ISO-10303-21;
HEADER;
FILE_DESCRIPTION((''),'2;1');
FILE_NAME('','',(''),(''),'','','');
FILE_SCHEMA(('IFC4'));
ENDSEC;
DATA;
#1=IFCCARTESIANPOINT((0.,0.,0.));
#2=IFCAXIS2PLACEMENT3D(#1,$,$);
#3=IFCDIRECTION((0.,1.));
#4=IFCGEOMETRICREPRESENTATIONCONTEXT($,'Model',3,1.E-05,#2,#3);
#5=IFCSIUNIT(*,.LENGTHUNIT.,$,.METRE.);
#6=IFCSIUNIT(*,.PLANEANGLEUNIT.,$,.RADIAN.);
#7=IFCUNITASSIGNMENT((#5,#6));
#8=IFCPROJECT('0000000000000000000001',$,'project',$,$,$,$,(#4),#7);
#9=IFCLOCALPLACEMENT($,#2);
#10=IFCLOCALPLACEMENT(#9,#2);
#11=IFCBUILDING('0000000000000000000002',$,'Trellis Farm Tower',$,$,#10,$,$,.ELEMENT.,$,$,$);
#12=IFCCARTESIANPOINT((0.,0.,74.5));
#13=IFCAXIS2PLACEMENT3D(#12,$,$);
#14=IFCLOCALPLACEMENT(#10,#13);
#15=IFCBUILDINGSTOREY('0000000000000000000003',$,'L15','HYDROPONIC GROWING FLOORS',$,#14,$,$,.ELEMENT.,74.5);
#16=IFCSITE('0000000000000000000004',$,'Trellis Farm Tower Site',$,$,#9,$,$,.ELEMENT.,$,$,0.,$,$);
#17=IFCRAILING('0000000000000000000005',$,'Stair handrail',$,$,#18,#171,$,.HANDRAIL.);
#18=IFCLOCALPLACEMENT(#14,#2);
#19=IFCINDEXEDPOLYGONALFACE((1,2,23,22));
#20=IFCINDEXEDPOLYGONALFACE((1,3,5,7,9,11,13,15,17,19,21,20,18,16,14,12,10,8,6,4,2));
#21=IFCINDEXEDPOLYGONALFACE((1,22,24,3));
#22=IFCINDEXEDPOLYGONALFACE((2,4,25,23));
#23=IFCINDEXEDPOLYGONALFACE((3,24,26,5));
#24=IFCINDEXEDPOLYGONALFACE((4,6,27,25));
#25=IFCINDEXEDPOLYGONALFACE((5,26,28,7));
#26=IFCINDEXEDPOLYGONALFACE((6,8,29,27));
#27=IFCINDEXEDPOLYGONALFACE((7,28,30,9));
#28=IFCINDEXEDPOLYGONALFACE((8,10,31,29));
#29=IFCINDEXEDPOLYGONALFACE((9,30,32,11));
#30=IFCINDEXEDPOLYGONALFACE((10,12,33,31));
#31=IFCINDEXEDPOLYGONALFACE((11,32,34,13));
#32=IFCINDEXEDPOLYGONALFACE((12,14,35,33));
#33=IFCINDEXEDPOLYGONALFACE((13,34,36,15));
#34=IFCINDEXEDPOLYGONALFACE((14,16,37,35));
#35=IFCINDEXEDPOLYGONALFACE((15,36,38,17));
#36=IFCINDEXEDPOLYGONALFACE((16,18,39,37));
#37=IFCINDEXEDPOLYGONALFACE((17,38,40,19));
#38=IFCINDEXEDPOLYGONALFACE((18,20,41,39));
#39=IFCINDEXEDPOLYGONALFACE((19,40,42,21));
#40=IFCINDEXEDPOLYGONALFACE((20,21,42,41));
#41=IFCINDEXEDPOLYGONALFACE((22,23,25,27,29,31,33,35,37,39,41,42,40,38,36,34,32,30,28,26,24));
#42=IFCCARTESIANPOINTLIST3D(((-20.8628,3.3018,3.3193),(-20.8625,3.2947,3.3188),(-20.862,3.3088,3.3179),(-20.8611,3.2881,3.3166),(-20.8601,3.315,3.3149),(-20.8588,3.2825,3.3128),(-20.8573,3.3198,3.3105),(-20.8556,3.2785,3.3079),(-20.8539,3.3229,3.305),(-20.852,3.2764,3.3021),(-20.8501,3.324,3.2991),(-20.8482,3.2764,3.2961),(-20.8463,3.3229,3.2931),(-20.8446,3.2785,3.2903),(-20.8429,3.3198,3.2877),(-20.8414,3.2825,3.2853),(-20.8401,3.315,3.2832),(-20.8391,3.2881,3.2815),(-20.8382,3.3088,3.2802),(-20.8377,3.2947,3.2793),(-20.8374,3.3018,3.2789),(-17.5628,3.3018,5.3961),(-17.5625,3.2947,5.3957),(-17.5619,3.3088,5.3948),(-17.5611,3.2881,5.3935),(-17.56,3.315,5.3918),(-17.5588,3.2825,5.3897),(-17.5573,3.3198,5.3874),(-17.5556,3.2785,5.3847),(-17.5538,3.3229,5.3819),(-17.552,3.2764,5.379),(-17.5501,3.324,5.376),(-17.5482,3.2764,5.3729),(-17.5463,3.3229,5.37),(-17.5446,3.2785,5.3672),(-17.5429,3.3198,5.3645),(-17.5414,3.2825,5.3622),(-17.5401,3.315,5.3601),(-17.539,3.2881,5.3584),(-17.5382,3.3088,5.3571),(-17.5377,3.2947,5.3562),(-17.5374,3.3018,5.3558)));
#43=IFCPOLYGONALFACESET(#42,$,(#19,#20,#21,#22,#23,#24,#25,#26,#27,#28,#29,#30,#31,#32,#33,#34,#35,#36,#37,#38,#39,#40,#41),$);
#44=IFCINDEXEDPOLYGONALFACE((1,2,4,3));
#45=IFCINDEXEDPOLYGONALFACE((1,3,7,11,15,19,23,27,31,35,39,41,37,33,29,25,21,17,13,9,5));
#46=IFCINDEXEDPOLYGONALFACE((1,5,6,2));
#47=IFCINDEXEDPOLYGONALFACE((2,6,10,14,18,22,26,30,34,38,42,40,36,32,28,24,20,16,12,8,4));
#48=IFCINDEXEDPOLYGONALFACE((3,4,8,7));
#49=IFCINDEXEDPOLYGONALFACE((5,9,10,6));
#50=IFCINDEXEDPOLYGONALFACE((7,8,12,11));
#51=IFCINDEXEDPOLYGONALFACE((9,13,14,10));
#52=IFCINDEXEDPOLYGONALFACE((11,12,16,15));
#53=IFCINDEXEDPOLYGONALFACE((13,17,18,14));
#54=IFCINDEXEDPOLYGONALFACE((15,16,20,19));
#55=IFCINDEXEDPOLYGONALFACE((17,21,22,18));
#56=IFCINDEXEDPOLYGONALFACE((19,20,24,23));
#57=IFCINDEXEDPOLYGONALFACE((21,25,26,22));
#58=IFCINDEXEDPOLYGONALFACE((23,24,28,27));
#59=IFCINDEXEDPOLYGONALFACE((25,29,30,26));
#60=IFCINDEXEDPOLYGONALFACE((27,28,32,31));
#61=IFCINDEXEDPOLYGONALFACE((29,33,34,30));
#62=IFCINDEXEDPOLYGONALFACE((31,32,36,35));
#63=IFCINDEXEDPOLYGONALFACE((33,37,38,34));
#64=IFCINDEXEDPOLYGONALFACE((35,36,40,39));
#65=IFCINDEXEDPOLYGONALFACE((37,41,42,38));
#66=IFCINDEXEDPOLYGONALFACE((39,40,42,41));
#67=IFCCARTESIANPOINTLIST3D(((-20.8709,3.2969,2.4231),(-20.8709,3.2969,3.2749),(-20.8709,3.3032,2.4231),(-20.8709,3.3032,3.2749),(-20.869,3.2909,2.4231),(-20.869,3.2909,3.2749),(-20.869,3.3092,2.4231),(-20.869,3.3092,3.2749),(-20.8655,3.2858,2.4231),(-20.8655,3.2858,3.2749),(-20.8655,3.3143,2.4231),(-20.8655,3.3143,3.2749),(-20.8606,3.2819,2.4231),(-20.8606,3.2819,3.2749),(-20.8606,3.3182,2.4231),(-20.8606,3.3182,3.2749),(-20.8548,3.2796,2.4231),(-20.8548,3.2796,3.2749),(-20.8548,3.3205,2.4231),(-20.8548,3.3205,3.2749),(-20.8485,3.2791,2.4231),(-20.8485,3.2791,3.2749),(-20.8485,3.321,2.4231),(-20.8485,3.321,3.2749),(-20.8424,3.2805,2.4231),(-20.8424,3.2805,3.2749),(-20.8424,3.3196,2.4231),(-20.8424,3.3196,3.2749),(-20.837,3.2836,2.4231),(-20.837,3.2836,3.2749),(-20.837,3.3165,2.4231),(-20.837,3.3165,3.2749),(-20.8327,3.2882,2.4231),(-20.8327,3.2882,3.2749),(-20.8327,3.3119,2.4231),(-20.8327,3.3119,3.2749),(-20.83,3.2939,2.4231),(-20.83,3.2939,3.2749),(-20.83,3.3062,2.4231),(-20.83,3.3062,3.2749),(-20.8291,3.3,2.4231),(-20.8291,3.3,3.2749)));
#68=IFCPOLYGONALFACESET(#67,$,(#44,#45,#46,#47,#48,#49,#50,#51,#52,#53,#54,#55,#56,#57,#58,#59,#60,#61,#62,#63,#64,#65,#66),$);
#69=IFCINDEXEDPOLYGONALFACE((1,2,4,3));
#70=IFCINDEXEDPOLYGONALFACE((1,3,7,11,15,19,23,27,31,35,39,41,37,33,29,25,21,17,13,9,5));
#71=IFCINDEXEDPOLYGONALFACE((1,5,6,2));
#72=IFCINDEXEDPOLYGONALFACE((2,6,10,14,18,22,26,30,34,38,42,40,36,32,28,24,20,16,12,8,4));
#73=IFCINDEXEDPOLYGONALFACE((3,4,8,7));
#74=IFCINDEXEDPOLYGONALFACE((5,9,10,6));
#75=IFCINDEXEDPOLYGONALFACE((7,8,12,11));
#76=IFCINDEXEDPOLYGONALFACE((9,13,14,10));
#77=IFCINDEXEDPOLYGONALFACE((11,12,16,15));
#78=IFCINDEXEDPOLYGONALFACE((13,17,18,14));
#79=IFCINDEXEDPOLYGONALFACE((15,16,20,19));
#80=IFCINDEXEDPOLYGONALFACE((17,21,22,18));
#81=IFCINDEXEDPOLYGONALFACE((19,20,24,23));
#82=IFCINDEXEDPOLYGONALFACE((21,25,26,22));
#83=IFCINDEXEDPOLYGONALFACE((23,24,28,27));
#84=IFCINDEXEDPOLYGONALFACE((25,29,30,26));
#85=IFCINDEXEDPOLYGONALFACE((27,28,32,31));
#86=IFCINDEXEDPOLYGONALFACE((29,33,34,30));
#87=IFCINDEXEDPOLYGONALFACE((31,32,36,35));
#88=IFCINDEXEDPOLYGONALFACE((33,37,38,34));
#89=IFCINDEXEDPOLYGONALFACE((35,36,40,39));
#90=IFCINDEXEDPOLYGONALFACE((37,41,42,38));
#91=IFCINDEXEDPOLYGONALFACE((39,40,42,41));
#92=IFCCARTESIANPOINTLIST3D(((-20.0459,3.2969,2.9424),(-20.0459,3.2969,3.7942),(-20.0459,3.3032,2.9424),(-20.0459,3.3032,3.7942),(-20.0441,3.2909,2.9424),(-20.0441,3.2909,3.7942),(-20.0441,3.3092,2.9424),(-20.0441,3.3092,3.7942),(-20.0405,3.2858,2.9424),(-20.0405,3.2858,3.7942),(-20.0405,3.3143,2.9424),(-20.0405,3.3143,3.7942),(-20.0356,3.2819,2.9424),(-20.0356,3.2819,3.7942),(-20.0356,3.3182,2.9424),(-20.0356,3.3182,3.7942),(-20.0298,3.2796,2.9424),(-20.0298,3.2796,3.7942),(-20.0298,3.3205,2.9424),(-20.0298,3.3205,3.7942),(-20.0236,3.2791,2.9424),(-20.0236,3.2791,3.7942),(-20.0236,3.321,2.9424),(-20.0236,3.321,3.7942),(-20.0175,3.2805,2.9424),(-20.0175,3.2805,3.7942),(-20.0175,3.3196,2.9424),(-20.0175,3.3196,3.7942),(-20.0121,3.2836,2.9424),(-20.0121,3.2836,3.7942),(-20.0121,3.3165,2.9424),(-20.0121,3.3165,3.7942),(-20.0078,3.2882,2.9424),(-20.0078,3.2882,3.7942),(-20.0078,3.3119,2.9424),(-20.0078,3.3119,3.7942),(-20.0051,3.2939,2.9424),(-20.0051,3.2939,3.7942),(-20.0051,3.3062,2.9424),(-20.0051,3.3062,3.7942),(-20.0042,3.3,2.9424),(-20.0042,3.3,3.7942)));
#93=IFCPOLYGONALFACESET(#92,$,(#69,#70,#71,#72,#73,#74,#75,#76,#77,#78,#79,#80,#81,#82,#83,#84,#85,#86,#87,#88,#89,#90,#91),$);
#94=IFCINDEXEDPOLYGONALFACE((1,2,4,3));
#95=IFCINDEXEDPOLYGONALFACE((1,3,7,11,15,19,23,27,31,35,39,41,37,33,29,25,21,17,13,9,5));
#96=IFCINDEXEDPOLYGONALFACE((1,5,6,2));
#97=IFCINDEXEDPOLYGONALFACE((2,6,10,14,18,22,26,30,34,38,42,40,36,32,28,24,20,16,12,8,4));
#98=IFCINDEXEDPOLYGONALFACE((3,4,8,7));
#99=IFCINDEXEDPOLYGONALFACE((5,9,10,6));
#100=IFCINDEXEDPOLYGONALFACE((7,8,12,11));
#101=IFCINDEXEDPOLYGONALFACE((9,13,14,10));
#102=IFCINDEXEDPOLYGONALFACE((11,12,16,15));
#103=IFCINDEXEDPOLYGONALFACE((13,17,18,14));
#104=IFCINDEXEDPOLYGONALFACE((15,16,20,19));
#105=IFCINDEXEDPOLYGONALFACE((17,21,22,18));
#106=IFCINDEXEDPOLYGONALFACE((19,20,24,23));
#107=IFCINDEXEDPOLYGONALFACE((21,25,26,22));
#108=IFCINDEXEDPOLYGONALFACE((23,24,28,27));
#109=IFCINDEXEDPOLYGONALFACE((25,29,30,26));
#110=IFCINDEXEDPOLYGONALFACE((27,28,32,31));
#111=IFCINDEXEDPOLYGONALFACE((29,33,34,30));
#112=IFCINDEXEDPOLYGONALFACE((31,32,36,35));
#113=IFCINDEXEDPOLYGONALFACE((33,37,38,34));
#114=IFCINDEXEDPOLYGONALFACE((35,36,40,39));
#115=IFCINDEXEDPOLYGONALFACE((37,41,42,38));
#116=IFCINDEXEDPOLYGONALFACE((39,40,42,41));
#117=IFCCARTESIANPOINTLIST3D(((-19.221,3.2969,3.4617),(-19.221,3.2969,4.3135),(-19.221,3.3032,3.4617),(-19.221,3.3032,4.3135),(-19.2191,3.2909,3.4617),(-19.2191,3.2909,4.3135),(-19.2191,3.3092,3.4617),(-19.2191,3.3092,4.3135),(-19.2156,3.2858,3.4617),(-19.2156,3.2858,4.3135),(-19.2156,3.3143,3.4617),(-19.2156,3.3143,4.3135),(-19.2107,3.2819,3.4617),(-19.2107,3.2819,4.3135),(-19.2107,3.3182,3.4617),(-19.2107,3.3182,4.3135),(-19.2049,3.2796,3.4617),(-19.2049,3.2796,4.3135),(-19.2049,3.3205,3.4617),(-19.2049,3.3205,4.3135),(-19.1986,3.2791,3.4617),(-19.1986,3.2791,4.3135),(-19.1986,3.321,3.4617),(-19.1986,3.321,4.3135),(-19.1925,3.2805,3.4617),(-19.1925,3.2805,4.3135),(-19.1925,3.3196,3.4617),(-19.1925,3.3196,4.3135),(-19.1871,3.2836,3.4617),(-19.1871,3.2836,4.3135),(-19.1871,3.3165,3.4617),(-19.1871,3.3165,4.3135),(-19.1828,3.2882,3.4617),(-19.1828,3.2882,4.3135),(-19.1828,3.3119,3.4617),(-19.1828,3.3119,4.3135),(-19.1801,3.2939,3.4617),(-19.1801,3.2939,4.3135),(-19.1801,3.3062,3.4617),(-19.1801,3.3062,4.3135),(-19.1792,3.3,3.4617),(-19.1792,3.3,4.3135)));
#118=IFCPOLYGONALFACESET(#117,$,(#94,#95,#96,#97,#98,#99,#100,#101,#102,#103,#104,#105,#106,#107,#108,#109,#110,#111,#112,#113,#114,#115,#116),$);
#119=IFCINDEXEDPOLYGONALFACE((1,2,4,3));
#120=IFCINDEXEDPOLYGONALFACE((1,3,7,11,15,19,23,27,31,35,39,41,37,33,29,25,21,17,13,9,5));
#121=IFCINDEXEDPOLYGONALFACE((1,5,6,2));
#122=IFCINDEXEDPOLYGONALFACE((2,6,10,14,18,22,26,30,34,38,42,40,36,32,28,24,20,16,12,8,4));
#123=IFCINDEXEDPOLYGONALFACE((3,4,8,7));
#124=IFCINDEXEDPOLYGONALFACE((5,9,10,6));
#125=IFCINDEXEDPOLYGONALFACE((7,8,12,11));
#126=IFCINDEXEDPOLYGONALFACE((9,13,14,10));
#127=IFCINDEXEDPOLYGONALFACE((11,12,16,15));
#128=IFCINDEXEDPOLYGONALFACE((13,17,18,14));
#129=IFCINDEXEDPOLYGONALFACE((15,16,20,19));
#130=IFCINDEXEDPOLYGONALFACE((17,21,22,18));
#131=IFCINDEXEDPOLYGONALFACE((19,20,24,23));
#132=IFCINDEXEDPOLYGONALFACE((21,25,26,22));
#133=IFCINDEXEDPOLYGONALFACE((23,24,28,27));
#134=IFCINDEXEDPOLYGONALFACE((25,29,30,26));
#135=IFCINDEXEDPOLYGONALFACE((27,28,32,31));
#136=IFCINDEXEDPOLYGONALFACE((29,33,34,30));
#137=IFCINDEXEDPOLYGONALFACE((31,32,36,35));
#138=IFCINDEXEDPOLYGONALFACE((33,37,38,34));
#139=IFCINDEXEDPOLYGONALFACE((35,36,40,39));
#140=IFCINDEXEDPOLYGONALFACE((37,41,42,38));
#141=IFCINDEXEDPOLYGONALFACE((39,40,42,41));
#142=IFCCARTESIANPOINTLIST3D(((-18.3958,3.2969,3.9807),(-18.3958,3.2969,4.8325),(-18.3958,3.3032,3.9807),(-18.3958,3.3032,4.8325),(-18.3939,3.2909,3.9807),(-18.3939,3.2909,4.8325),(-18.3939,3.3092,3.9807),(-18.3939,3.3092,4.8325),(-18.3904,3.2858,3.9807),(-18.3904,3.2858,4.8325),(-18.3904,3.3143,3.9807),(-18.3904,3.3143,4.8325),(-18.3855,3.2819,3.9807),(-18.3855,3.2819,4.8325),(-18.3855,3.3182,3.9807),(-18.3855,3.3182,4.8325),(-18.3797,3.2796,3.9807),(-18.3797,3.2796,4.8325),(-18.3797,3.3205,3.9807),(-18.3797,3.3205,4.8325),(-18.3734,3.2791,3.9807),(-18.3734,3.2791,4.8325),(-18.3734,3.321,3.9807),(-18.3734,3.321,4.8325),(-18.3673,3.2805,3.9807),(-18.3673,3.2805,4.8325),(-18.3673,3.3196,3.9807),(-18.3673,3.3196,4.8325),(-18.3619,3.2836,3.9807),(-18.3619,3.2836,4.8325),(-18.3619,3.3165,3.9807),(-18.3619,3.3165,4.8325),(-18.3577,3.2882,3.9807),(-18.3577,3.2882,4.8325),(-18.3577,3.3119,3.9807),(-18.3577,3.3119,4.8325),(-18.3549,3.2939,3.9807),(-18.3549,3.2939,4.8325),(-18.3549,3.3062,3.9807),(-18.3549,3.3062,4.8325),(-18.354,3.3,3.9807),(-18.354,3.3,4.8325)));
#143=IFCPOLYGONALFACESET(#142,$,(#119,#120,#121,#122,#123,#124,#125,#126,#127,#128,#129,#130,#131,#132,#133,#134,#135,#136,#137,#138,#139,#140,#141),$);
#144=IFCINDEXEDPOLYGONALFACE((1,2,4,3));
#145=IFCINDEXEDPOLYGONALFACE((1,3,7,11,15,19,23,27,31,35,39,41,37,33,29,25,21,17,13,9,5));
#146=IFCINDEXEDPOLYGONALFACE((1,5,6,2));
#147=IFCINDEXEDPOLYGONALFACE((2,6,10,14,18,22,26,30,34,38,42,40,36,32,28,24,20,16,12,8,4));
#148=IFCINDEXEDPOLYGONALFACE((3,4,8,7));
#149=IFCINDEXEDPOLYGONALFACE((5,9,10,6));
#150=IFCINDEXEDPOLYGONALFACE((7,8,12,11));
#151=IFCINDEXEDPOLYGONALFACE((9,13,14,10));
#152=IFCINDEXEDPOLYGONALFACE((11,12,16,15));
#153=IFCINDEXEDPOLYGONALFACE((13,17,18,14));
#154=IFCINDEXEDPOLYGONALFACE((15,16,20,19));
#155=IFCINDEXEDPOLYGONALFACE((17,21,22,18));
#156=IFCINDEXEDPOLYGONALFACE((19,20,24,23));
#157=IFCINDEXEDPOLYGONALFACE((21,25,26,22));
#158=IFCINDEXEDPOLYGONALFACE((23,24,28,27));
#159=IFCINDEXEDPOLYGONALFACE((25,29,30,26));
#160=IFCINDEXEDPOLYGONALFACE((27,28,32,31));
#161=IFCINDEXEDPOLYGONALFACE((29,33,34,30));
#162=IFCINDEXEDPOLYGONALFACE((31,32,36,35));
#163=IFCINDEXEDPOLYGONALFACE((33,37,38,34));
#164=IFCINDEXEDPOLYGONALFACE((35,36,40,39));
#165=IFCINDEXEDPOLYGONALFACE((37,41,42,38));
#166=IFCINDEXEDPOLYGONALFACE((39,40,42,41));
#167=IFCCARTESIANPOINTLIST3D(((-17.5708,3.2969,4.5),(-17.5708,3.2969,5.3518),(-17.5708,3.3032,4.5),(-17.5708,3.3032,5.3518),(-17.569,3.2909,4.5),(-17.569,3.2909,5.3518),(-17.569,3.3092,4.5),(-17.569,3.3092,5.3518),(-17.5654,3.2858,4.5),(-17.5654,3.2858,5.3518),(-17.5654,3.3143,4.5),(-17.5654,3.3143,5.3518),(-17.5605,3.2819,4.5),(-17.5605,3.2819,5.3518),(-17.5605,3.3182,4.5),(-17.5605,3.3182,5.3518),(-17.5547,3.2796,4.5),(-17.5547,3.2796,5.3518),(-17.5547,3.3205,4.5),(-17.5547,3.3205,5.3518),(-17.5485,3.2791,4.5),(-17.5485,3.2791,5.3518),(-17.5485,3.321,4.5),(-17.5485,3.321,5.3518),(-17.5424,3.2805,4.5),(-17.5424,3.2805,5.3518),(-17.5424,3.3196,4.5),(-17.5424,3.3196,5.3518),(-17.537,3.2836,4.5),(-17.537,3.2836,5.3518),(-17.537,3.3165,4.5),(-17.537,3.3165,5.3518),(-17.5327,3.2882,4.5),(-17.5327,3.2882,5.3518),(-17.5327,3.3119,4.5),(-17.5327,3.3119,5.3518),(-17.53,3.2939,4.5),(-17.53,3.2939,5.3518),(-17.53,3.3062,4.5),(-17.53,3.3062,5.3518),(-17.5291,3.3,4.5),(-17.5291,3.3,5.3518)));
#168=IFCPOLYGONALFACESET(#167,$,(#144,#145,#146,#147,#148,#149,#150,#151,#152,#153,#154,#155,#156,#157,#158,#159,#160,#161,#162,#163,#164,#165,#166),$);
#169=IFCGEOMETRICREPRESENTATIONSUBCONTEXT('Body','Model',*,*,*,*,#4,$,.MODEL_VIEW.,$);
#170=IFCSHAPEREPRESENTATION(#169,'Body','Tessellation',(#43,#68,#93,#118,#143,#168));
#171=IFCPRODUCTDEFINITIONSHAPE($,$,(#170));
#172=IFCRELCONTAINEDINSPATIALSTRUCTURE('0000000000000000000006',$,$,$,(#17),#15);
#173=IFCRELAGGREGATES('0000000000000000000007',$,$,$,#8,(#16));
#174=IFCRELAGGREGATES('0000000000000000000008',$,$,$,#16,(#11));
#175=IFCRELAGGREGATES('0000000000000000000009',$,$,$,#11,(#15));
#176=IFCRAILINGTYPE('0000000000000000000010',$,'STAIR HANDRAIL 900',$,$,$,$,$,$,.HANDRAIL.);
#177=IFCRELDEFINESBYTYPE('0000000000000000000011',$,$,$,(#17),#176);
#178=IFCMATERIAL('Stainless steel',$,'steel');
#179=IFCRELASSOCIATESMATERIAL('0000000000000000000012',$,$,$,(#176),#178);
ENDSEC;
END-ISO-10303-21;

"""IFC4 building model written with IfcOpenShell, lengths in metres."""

from ifc_helpers import new_model, si_unit, direction, frame, origin, origin_2d, place, context, subcontext, project, spatial, circle, extrude, source, transform, mapped, material, type_object, element, save


model = new_model("IFC4")

# Units and contexts
model_context = context("Model", 3, precision=1e-05, world=origin(), true_north=direction((0.0, 1.0)))
body_context = subcontext(model_context, "Body", "Model", "MODEL_VIEW")
ifc_project = project(units=[si_unit("LENGTHUNIT", "METRE"), si_unit("PLANEANGLEUNIT", "RADIAN")], contexts=[model_context])

# Site, building, storey
site_placement = place(None, origin())
site = spatial("IfcSite", under=ifc_project, at=site_placement, Name="Trellis Farm Tower Site", CompositionType="ELEMENT", RefElevation=0.0)
building_placement = place(site_placement, origin())
building = spatial("IfcBuilding", under=site, at=building_placement, Name="Trellis Farm Tower", CompositionType="ELEMENT")
storey_placement = place(building_placement, frame((0.0, 0.0, 74.5)))
storey = spatial("IfcBuildingStorey", under=building, at=storey_placement, Name="L15", Description="HYDROPONIC GROWING FLOORS", CompositionType="ELEMENT", Elevation=74.5)

# Railing
ifc_material_1 = material(Name="Stainless steel", Category="steel")
railing_type = type_object("IfcRailingType", Name="STAIR HANDRAIL 900", PredefinedType="HANDRAIL", material=ifc_material_1)
shared_shape_1 = source(origin(), body_context, "Body", "SweptSolid", [
    extrude(circle(Radius=0.0239, at=origin_2d()), frame((0.0, 0.0, 0.876), z_axis=(0.846337, 0.0, 0.532647), x_axis=(0.0, 1.0, 0.0)), (0.0, 0.0, 1.0), 3.8992),
    extrude(circle(Radius=0.021, at=origin_2d()), origin(), (0.0, 0.0, 1.0), 0.8518),
    extrude(circle(Radius=0.021, at=origin_2d()), frame((0.825, 0.0, 0.5193)), (0.0, 0.0, 1.0), 0.8518),
    extrude(circle(Radius=0.021, at=origin_2d()), frame((1.6499, 0.0, 1.0386)), (0.0, 0.0, 1.0), 0.8518),
    extrude(circle(Radius=0.021, at=origin_2d()), frame((2.4751, 0.0, 1.5576)), (0.0, 0.0, 1.0), 0.8518),
    extrude(circle(Radius=0.021, at=origin_2d()), frame((3.3, 0.0, 2.0769)), (0.0, 0.0, 1.0), 0.8518),
])
for number, where, name in (
    (1, (-20.8501, 3.3, 2.4231), "Stair handrail"),
):
    element("IfcRailing", number, at=place(storey_placement, frame(where)), inside=storey, type_object=railing_type, Name=name, PredefinedType="HANDRAIL", context=body_context, shape_type="MappedRepresentation", body=[
        mapped(shared_shape_1, transform((0.0, 0.0, 0.0))),
    ])

save(model, "model.ifc")
